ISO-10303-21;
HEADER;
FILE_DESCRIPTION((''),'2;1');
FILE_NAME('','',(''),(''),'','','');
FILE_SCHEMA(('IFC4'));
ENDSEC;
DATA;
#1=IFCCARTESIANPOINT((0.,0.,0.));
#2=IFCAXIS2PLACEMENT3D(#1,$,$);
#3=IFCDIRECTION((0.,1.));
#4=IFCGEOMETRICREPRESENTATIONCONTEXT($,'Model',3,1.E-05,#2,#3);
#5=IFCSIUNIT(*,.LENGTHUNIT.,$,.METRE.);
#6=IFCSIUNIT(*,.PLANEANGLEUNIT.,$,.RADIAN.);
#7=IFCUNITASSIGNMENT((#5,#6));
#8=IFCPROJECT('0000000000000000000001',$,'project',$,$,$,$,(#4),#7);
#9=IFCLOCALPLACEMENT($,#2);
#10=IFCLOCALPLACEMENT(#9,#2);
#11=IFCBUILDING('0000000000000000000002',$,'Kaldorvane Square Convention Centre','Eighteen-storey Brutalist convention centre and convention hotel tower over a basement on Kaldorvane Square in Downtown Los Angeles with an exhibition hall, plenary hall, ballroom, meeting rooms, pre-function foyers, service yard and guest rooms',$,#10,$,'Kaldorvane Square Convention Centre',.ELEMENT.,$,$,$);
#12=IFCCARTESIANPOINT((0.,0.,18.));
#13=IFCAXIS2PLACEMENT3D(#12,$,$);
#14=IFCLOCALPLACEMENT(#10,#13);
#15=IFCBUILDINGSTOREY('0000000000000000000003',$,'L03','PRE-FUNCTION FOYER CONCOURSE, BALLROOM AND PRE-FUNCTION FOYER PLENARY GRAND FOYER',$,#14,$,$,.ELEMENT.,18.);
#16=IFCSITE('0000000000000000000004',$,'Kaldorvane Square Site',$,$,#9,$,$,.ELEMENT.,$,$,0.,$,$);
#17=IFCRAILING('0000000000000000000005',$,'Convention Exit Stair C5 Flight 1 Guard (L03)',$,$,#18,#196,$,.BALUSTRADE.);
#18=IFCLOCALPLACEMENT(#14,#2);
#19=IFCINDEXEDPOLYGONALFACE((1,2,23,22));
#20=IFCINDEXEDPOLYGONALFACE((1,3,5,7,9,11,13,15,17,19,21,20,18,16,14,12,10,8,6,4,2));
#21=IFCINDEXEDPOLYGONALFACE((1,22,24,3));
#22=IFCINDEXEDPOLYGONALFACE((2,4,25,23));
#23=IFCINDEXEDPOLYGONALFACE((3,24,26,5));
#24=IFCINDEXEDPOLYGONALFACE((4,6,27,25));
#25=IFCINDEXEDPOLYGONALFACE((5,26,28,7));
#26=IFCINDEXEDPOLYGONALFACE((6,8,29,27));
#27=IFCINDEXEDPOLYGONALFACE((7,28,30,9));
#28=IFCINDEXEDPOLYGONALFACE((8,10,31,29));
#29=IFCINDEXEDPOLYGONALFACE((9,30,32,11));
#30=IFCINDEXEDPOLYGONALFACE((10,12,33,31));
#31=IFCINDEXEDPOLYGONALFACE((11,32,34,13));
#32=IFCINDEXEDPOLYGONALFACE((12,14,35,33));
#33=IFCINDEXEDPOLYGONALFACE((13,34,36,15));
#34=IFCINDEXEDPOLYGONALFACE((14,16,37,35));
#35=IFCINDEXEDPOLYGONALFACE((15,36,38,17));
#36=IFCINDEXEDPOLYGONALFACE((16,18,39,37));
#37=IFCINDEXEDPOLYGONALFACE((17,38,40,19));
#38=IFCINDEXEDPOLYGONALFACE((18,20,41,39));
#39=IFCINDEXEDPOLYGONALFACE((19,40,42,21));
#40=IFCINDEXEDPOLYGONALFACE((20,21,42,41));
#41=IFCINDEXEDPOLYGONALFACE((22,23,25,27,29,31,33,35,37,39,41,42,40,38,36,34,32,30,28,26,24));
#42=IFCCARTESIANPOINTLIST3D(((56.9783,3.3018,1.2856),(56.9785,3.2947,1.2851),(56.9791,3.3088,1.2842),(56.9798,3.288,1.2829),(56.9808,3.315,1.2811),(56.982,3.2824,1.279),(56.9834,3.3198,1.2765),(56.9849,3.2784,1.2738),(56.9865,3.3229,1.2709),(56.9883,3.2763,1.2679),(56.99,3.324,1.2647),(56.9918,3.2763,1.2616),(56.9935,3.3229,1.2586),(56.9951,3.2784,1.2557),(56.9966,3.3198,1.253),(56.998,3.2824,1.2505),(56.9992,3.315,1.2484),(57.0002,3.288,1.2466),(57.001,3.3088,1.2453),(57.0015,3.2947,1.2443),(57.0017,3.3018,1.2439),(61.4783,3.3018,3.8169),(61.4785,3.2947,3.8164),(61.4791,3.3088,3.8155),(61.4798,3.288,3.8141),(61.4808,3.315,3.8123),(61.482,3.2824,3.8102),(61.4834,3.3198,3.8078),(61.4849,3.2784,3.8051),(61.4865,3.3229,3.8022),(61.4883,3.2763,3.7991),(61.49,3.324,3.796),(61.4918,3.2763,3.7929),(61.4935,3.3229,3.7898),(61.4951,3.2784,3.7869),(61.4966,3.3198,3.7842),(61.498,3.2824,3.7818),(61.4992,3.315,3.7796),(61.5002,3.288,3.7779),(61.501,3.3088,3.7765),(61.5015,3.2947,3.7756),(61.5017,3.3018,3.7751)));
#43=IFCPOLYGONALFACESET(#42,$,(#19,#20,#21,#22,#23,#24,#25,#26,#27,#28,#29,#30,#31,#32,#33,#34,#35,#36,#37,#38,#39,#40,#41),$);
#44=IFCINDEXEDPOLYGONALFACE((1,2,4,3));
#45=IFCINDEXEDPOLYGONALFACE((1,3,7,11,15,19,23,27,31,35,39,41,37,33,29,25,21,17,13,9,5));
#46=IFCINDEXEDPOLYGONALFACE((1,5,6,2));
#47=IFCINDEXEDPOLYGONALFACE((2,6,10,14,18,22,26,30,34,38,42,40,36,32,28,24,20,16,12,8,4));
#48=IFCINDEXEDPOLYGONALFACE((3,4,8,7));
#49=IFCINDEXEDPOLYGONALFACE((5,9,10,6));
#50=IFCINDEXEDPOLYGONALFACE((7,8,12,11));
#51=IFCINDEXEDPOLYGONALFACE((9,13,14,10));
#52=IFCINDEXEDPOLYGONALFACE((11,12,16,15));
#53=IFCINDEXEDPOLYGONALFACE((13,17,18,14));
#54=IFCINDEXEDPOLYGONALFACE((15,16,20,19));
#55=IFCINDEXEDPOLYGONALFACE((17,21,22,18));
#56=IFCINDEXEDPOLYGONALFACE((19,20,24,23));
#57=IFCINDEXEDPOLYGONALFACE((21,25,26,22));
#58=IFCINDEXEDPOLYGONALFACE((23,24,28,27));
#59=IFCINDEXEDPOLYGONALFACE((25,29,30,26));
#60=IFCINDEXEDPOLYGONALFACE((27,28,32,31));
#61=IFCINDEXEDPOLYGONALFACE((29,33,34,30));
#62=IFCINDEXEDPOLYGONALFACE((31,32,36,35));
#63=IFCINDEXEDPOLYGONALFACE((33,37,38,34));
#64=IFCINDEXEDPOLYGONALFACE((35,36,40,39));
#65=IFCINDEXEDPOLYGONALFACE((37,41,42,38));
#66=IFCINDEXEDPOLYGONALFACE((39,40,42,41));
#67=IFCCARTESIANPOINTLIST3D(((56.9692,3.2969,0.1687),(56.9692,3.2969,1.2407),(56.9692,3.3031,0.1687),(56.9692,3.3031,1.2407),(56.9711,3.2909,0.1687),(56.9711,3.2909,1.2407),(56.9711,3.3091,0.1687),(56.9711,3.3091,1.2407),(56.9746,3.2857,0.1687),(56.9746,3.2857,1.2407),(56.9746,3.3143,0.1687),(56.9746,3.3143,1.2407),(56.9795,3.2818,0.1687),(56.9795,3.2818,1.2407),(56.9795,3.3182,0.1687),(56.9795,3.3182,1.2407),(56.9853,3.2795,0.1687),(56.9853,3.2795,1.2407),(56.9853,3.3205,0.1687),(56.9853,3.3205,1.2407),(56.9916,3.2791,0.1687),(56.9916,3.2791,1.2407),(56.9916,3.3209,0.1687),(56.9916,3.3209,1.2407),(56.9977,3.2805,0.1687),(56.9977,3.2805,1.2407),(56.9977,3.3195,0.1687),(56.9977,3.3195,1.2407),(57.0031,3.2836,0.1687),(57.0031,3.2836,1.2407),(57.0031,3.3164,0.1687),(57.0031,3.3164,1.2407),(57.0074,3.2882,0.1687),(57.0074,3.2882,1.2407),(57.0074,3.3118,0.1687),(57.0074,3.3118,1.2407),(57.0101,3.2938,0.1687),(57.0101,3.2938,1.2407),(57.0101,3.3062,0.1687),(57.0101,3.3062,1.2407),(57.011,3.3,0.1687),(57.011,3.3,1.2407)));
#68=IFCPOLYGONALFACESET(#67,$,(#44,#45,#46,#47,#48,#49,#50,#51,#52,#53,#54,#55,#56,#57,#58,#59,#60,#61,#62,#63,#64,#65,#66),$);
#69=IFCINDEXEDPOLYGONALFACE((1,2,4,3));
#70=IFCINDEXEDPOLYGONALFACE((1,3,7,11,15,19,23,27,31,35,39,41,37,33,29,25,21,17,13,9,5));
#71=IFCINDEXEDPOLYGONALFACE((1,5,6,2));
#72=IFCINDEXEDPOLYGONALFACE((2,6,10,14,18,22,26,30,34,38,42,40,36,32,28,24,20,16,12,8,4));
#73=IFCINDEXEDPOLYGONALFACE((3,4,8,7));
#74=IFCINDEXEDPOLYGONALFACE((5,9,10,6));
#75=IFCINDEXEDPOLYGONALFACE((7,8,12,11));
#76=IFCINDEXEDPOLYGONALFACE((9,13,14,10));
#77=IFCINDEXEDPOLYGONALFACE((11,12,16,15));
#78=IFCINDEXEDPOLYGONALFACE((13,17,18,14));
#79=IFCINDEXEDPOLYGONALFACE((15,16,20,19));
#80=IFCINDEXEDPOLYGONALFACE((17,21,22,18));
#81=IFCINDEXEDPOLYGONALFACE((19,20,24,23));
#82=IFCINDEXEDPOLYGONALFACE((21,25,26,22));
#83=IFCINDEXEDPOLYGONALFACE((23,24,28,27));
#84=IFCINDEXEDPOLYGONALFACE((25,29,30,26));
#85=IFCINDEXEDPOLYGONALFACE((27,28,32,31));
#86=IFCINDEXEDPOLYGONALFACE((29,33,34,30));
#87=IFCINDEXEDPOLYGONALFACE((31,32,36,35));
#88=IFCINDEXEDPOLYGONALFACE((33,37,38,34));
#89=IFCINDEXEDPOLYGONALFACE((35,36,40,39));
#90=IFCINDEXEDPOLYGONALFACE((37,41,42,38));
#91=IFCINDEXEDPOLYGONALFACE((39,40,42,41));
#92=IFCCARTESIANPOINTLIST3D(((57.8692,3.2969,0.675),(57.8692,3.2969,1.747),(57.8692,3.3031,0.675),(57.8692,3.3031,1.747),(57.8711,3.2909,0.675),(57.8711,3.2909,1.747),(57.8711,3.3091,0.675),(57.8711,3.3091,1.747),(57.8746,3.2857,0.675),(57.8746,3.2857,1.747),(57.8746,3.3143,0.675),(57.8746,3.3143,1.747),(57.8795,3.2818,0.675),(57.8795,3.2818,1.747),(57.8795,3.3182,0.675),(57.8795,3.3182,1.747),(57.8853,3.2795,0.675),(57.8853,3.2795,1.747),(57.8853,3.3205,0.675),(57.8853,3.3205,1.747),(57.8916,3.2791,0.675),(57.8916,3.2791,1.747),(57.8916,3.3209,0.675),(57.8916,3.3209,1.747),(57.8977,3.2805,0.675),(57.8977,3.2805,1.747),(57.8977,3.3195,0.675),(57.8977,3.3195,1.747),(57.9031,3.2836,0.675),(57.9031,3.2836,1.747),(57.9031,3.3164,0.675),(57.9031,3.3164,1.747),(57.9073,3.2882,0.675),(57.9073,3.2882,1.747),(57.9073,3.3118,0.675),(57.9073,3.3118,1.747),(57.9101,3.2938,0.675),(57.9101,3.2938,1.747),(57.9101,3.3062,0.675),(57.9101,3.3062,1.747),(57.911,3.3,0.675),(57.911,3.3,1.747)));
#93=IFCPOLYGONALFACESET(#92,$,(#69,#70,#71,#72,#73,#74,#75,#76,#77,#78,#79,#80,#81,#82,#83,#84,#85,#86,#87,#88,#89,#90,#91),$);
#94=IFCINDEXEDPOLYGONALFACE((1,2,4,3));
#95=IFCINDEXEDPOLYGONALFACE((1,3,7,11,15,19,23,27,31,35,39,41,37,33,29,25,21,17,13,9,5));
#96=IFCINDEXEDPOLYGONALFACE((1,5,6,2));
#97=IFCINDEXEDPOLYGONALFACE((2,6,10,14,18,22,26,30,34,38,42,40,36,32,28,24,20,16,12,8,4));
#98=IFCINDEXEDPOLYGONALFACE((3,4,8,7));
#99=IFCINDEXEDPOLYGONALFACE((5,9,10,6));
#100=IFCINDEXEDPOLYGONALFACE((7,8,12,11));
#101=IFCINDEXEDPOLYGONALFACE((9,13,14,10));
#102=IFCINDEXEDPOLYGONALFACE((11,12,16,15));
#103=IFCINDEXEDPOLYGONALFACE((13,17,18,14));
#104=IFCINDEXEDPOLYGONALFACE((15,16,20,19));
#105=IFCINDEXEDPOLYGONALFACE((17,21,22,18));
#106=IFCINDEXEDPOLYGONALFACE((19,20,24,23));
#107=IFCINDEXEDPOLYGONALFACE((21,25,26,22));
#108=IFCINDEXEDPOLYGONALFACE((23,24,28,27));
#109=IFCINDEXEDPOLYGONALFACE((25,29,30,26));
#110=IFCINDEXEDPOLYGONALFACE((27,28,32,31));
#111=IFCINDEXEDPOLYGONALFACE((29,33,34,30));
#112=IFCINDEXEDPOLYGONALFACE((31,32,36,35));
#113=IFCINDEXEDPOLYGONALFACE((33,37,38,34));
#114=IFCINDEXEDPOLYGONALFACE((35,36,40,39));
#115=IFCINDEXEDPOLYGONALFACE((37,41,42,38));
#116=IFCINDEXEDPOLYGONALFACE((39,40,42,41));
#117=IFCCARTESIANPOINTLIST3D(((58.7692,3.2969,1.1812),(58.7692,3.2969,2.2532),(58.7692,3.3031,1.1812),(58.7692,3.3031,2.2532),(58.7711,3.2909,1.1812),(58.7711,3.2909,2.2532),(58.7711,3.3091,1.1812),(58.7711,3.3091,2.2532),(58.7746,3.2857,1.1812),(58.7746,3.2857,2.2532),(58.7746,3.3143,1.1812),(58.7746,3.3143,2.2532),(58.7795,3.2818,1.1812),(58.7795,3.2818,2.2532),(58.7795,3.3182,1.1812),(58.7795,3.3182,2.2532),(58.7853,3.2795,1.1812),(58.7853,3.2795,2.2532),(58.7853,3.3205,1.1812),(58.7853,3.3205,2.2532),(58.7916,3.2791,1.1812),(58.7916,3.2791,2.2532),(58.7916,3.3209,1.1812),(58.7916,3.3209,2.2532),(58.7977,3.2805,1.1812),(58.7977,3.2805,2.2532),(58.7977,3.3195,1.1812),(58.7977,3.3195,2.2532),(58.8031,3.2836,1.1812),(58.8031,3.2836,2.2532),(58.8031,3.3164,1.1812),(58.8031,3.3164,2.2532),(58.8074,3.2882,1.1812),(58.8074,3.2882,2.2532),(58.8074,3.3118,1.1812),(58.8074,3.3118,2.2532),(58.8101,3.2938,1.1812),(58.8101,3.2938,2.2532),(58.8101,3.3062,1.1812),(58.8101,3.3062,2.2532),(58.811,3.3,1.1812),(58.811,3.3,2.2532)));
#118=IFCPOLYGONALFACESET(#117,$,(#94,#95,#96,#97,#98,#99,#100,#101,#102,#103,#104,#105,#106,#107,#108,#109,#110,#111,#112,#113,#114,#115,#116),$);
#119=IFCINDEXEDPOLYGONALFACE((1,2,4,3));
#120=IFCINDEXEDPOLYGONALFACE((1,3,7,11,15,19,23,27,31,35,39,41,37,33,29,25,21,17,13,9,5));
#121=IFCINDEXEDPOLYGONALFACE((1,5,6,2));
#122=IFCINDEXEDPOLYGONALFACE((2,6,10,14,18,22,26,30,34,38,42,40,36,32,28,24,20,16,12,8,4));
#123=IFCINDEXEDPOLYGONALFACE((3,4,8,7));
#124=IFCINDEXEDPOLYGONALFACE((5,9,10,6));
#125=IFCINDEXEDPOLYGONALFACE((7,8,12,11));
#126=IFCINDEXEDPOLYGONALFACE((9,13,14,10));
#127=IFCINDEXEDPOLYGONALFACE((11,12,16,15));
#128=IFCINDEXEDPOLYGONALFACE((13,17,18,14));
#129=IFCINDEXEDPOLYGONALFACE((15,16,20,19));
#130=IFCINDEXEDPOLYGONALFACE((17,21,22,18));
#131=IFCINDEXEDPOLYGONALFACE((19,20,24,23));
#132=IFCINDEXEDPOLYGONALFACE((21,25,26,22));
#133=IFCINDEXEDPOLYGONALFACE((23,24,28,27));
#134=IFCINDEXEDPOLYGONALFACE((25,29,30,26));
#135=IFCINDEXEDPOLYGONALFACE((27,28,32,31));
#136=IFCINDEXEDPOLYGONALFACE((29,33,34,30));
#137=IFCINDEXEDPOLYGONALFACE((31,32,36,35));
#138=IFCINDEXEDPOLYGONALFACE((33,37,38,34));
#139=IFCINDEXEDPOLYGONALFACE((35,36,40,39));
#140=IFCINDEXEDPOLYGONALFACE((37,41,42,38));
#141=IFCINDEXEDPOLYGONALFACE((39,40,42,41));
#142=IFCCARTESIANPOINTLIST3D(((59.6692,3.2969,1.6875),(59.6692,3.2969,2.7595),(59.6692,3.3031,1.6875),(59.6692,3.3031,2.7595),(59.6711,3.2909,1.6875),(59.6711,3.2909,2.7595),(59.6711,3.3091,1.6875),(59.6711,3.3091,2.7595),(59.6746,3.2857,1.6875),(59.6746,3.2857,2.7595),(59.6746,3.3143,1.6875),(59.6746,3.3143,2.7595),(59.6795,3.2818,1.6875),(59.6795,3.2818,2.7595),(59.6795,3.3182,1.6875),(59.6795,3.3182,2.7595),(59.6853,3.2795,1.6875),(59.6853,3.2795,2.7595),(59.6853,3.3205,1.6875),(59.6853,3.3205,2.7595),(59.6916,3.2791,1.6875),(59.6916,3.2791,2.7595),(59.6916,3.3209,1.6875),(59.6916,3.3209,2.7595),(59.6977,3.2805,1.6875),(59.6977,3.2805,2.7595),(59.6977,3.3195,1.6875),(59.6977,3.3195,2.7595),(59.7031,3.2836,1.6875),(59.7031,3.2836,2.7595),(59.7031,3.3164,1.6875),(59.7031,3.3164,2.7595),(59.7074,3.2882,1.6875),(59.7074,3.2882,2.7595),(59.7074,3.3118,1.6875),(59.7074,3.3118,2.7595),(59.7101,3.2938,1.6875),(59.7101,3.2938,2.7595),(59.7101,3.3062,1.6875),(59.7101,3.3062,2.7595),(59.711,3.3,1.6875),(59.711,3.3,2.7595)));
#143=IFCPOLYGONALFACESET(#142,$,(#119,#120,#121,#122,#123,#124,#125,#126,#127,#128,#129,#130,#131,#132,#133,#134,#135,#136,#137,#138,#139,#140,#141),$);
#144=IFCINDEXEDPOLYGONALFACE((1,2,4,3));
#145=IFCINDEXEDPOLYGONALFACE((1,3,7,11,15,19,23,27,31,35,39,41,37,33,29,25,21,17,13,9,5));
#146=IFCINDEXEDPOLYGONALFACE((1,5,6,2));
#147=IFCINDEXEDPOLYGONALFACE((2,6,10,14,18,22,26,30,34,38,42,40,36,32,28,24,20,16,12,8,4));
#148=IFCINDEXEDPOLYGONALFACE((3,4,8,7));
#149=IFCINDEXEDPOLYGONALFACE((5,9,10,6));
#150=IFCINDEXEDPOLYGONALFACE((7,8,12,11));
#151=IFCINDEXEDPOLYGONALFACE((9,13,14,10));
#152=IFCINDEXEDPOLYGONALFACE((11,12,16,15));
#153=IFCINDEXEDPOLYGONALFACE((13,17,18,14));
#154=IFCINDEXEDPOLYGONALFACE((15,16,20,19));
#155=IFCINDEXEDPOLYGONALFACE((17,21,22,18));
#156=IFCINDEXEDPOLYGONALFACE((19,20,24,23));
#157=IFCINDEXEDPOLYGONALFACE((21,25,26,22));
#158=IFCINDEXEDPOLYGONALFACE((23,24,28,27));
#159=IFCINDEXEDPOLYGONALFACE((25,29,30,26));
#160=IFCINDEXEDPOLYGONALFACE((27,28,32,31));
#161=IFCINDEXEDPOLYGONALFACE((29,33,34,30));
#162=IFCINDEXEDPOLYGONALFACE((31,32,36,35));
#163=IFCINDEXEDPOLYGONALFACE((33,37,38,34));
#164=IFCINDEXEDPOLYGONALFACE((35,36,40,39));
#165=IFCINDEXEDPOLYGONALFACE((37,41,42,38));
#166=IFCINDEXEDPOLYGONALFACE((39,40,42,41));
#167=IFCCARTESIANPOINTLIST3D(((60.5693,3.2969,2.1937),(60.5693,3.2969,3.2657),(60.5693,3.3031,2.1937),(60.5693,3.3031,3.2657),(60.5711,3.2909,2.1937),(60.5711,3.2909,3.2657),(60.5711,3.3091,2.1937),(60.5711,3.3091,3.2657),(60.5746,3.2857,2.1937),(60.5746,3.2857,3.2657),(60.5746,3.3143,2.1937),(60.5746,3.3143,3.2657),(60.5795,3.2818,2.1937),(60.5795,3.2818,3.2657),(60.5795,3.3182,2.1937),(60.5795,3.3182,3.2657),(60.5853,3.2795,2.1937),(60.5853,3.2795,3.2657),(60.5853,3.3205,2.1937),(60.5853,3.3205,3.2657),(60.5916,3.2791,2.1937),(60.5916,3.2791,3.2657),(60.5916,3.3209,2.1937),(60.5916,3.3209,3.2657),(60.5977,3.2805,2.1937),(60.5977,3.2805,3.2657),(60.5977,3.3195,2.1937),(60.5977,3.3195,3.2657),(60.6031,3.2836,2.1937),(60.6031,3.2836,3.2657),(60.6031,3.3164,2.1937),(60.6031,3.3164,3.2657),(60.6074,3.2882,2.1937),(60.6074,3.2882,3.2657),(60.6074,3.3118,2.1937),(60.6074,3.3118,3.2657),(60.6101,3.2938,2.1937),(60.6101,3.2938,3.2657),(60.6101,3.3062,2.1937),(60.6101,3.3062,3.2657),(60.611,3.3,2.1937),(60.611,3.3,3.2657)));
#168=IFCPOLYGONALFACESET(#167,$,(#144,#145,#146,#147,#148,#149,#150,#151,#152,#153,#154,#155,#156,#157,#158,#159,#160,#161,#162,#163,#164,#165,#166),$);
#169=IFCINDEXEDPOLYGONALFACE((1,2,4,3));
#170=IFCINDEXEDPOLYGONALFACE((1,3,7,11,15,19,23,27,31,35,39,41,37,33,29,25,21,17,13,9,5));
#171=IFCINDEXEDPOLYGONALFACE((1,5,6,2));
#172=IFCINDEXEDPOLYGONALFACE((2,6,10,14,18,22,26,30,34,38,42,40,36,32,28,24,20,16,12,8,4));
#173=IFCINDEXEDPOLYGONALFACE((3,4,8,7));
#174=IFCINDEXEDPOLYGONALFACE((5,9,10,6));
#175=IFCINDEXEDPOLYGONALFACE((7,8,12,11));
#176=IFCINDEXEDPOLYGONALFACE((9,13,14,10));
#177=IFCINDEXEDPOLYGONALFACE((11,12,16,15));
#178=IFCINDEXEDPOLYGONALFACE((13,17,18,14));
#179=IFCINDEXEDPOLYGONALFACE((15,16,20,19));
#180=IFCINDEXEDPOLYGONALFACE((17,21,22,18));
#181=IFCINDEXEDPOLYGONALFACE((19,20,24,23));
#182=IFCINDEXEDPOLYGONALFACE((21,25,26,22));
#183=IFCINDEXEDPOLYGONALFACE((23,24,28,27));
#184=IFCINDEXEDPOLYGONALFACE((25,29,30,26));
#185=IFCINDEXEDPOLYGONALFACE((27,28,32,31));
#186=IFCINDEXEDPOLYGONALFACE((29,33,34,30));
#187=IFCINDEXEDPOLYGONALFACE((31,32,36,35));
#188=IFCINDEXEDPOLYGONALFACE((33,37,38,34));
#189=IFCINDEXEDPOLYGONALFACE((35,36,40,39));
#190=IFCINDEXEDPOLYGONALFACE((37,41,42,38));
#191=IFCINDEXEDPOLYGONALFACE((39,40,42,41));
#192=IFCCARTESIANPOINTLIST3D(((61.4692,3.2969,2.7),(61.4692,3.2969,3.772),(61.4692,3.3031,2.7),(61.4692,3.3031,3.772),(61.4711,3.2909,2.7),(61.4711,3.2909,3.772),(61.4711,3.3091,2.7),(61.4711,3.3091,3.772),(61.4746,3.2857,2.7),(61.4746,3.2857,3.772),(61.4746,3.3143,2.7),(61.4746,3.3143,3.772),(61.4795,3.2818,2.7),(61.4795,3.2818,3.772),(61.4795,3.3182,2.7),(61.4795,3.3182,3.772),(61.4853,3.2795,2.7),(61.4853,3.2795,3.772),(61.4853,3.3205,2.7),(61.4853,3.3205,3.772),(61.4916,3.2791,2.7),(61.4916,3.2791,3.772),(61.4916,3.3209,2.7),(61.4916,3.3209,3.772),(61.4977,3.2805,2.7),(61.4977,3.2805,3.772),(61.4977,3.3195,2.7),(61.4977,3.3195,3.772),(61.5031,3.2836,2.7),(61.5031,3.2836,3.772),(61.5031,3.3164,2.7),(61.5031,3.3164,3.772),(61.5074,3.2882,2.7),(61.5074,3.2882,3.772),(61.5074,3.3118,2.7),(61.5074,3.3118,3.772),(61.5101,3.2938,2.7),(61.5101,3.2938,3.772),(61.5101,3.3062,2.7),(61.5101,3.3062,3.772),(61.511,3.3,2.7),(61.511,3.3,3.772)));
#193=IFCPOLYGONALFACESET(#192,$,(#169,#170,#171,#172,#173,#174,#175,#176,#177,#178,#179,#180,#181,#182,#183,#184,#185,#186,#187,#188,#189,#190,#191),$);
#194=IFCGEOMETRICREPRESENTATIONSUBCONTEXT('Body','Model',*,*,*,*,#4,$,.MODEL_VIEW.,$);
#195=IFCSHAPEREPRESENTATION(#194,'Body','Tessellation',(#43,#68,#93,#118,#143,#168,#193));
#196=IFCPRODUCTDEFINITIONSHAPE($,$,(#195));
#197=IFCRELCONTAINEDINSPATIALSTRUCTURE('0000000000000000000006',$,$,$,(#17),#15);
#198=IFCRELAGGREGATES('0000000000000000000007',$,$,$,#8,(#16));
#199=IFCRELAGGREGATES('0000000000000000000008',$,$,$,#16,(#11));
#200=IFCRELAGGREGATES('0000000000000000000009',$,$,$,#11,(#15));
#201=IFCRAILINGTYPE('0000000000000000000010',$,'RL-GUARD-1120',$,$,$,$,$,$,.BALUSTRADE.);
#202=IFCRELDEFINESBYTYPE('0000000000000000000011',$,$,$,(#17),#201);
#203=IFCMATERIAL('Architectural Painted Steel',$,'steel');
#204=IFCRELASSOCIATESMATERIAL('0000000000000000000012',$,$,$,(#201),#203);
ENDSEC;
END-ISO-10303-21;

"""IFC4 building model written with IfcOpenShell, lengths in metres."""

from ifc_helpers import new_model, si_unit, direction, frame, origin, origin_2d, place, context, subcontext, project, spatial, circle, extrude, material, type_object, element, save


model = new_model("IFC4")

# Units and contexts
model_context = context("Model", 3, precision=1e-05, world=origin(), true_north=direction((0.0, 1.0)))
body_context = subcontext(model_context, "Body", "Model", "MODEL_VIEW")
ifc_project = project(units=[si_unit("LENGTHUNIT", "METRE"), si_unit("PLANEANGLEUNIT", "RADIAN")], contexts=[model_context])

# Site, building, storey
site_placement = place(None, origin())
site = spatial("IfcSite", under=ifc_project, at=site_placement, Name="Kaldorvane Square Site", CompositionType="ELEMENT", RefElevation=0.0)
building_placement = place(site_placement, origin())
building = spatial("IfcBuilding", under=site, at=building_placement, Name="Kaldorvane Square Convention Centre", Description="Eighteen-storey Brutalist convention centre and convention hotel tower over a basement on Kaldorvane Square in Downtown Los Angeles with an exhibition hall, plenary hall, ballroom, meeting rooms, pre-function foyers, service yard and guest rooms", LongName="Kaldorvane Square Convention Centre", CompositionType="ELEMENT")
storey_placement = place(building_placement, frame((0.0, 0.0, 18.0)))
storey = spatial("IfcBuildingStorey", under=building, at=storey_placement, Name="L03", Description="PRE-FUNCTION FOYER CONCOURSE, BALLROOM AND PRE-FUNCTION FOYER PLENARY GRAND FOYER", CompositionType="ELEMENT", Elevation=18.0)

# Railing
ifc_material_1 = material(Name="Architectural Painted Steel", Category="steel")
railing_type_1 = type_object("IfcRailingType", Name="RL-GUARD-1120", PredefinedType="BALUSTRADE", material=ifc_material_1)
railing_1_placement = place(storey_placement, frame((56.99, 3.3, 0.1687)))
element("IfcRailing", 1, at=railing_1_placement, inside=storey, type_object=railing_type_1, Name="Convention Exit Stair C5 Flight 1 Guard (L03)", PredefinedType="BALUSTRADE", context=body_context, shape_type="SweptSolid", body=[
    extrude(circle(Radius=0.024, at=origin_2d()), frame((0.0, 0.0, 1.096), z_axis=(0.871576, 0.0, 0.490261), x_axis=(0.0, 1.0, 0.0)), (0.0, 0.0, 1.0), 5.1631),
    extrude(circle(Radius=0.021, at=origin_2d()), origin(), (0.0, 0.0, 1.0), 1.072),
    extrude(circle(Radius=0.021, at=origin_2d()), frame((0.9, 0.0, 0.5063)), (0.0, 0.0, 1.0), 1.072),
    extrude(circle(Radius=0.021, at=origin_2d()), frame((1.8, 0.0, 1.0125)), (0.0, 0.0, 1.0), 1.072),
    extrude(circle(Radius=0.021, at=origin_2d()), frame((2.7, 0.0, 1.5188)), (0.0, 0.0, 1.0), 1.072),
    extrude(circle(Radius=0.021, at=origin_2d()), frame((3.6, 0.0, 2.025)), (0.0, 0.0, 1.0), 1.072),
    extrude(circle(Radius=0.021, at=origin_2d()), frame((4.5, 0.0, 2.5312)), (0.0, 0.0, 1.0), 1.072),
])

save(model, "model.ifc")
